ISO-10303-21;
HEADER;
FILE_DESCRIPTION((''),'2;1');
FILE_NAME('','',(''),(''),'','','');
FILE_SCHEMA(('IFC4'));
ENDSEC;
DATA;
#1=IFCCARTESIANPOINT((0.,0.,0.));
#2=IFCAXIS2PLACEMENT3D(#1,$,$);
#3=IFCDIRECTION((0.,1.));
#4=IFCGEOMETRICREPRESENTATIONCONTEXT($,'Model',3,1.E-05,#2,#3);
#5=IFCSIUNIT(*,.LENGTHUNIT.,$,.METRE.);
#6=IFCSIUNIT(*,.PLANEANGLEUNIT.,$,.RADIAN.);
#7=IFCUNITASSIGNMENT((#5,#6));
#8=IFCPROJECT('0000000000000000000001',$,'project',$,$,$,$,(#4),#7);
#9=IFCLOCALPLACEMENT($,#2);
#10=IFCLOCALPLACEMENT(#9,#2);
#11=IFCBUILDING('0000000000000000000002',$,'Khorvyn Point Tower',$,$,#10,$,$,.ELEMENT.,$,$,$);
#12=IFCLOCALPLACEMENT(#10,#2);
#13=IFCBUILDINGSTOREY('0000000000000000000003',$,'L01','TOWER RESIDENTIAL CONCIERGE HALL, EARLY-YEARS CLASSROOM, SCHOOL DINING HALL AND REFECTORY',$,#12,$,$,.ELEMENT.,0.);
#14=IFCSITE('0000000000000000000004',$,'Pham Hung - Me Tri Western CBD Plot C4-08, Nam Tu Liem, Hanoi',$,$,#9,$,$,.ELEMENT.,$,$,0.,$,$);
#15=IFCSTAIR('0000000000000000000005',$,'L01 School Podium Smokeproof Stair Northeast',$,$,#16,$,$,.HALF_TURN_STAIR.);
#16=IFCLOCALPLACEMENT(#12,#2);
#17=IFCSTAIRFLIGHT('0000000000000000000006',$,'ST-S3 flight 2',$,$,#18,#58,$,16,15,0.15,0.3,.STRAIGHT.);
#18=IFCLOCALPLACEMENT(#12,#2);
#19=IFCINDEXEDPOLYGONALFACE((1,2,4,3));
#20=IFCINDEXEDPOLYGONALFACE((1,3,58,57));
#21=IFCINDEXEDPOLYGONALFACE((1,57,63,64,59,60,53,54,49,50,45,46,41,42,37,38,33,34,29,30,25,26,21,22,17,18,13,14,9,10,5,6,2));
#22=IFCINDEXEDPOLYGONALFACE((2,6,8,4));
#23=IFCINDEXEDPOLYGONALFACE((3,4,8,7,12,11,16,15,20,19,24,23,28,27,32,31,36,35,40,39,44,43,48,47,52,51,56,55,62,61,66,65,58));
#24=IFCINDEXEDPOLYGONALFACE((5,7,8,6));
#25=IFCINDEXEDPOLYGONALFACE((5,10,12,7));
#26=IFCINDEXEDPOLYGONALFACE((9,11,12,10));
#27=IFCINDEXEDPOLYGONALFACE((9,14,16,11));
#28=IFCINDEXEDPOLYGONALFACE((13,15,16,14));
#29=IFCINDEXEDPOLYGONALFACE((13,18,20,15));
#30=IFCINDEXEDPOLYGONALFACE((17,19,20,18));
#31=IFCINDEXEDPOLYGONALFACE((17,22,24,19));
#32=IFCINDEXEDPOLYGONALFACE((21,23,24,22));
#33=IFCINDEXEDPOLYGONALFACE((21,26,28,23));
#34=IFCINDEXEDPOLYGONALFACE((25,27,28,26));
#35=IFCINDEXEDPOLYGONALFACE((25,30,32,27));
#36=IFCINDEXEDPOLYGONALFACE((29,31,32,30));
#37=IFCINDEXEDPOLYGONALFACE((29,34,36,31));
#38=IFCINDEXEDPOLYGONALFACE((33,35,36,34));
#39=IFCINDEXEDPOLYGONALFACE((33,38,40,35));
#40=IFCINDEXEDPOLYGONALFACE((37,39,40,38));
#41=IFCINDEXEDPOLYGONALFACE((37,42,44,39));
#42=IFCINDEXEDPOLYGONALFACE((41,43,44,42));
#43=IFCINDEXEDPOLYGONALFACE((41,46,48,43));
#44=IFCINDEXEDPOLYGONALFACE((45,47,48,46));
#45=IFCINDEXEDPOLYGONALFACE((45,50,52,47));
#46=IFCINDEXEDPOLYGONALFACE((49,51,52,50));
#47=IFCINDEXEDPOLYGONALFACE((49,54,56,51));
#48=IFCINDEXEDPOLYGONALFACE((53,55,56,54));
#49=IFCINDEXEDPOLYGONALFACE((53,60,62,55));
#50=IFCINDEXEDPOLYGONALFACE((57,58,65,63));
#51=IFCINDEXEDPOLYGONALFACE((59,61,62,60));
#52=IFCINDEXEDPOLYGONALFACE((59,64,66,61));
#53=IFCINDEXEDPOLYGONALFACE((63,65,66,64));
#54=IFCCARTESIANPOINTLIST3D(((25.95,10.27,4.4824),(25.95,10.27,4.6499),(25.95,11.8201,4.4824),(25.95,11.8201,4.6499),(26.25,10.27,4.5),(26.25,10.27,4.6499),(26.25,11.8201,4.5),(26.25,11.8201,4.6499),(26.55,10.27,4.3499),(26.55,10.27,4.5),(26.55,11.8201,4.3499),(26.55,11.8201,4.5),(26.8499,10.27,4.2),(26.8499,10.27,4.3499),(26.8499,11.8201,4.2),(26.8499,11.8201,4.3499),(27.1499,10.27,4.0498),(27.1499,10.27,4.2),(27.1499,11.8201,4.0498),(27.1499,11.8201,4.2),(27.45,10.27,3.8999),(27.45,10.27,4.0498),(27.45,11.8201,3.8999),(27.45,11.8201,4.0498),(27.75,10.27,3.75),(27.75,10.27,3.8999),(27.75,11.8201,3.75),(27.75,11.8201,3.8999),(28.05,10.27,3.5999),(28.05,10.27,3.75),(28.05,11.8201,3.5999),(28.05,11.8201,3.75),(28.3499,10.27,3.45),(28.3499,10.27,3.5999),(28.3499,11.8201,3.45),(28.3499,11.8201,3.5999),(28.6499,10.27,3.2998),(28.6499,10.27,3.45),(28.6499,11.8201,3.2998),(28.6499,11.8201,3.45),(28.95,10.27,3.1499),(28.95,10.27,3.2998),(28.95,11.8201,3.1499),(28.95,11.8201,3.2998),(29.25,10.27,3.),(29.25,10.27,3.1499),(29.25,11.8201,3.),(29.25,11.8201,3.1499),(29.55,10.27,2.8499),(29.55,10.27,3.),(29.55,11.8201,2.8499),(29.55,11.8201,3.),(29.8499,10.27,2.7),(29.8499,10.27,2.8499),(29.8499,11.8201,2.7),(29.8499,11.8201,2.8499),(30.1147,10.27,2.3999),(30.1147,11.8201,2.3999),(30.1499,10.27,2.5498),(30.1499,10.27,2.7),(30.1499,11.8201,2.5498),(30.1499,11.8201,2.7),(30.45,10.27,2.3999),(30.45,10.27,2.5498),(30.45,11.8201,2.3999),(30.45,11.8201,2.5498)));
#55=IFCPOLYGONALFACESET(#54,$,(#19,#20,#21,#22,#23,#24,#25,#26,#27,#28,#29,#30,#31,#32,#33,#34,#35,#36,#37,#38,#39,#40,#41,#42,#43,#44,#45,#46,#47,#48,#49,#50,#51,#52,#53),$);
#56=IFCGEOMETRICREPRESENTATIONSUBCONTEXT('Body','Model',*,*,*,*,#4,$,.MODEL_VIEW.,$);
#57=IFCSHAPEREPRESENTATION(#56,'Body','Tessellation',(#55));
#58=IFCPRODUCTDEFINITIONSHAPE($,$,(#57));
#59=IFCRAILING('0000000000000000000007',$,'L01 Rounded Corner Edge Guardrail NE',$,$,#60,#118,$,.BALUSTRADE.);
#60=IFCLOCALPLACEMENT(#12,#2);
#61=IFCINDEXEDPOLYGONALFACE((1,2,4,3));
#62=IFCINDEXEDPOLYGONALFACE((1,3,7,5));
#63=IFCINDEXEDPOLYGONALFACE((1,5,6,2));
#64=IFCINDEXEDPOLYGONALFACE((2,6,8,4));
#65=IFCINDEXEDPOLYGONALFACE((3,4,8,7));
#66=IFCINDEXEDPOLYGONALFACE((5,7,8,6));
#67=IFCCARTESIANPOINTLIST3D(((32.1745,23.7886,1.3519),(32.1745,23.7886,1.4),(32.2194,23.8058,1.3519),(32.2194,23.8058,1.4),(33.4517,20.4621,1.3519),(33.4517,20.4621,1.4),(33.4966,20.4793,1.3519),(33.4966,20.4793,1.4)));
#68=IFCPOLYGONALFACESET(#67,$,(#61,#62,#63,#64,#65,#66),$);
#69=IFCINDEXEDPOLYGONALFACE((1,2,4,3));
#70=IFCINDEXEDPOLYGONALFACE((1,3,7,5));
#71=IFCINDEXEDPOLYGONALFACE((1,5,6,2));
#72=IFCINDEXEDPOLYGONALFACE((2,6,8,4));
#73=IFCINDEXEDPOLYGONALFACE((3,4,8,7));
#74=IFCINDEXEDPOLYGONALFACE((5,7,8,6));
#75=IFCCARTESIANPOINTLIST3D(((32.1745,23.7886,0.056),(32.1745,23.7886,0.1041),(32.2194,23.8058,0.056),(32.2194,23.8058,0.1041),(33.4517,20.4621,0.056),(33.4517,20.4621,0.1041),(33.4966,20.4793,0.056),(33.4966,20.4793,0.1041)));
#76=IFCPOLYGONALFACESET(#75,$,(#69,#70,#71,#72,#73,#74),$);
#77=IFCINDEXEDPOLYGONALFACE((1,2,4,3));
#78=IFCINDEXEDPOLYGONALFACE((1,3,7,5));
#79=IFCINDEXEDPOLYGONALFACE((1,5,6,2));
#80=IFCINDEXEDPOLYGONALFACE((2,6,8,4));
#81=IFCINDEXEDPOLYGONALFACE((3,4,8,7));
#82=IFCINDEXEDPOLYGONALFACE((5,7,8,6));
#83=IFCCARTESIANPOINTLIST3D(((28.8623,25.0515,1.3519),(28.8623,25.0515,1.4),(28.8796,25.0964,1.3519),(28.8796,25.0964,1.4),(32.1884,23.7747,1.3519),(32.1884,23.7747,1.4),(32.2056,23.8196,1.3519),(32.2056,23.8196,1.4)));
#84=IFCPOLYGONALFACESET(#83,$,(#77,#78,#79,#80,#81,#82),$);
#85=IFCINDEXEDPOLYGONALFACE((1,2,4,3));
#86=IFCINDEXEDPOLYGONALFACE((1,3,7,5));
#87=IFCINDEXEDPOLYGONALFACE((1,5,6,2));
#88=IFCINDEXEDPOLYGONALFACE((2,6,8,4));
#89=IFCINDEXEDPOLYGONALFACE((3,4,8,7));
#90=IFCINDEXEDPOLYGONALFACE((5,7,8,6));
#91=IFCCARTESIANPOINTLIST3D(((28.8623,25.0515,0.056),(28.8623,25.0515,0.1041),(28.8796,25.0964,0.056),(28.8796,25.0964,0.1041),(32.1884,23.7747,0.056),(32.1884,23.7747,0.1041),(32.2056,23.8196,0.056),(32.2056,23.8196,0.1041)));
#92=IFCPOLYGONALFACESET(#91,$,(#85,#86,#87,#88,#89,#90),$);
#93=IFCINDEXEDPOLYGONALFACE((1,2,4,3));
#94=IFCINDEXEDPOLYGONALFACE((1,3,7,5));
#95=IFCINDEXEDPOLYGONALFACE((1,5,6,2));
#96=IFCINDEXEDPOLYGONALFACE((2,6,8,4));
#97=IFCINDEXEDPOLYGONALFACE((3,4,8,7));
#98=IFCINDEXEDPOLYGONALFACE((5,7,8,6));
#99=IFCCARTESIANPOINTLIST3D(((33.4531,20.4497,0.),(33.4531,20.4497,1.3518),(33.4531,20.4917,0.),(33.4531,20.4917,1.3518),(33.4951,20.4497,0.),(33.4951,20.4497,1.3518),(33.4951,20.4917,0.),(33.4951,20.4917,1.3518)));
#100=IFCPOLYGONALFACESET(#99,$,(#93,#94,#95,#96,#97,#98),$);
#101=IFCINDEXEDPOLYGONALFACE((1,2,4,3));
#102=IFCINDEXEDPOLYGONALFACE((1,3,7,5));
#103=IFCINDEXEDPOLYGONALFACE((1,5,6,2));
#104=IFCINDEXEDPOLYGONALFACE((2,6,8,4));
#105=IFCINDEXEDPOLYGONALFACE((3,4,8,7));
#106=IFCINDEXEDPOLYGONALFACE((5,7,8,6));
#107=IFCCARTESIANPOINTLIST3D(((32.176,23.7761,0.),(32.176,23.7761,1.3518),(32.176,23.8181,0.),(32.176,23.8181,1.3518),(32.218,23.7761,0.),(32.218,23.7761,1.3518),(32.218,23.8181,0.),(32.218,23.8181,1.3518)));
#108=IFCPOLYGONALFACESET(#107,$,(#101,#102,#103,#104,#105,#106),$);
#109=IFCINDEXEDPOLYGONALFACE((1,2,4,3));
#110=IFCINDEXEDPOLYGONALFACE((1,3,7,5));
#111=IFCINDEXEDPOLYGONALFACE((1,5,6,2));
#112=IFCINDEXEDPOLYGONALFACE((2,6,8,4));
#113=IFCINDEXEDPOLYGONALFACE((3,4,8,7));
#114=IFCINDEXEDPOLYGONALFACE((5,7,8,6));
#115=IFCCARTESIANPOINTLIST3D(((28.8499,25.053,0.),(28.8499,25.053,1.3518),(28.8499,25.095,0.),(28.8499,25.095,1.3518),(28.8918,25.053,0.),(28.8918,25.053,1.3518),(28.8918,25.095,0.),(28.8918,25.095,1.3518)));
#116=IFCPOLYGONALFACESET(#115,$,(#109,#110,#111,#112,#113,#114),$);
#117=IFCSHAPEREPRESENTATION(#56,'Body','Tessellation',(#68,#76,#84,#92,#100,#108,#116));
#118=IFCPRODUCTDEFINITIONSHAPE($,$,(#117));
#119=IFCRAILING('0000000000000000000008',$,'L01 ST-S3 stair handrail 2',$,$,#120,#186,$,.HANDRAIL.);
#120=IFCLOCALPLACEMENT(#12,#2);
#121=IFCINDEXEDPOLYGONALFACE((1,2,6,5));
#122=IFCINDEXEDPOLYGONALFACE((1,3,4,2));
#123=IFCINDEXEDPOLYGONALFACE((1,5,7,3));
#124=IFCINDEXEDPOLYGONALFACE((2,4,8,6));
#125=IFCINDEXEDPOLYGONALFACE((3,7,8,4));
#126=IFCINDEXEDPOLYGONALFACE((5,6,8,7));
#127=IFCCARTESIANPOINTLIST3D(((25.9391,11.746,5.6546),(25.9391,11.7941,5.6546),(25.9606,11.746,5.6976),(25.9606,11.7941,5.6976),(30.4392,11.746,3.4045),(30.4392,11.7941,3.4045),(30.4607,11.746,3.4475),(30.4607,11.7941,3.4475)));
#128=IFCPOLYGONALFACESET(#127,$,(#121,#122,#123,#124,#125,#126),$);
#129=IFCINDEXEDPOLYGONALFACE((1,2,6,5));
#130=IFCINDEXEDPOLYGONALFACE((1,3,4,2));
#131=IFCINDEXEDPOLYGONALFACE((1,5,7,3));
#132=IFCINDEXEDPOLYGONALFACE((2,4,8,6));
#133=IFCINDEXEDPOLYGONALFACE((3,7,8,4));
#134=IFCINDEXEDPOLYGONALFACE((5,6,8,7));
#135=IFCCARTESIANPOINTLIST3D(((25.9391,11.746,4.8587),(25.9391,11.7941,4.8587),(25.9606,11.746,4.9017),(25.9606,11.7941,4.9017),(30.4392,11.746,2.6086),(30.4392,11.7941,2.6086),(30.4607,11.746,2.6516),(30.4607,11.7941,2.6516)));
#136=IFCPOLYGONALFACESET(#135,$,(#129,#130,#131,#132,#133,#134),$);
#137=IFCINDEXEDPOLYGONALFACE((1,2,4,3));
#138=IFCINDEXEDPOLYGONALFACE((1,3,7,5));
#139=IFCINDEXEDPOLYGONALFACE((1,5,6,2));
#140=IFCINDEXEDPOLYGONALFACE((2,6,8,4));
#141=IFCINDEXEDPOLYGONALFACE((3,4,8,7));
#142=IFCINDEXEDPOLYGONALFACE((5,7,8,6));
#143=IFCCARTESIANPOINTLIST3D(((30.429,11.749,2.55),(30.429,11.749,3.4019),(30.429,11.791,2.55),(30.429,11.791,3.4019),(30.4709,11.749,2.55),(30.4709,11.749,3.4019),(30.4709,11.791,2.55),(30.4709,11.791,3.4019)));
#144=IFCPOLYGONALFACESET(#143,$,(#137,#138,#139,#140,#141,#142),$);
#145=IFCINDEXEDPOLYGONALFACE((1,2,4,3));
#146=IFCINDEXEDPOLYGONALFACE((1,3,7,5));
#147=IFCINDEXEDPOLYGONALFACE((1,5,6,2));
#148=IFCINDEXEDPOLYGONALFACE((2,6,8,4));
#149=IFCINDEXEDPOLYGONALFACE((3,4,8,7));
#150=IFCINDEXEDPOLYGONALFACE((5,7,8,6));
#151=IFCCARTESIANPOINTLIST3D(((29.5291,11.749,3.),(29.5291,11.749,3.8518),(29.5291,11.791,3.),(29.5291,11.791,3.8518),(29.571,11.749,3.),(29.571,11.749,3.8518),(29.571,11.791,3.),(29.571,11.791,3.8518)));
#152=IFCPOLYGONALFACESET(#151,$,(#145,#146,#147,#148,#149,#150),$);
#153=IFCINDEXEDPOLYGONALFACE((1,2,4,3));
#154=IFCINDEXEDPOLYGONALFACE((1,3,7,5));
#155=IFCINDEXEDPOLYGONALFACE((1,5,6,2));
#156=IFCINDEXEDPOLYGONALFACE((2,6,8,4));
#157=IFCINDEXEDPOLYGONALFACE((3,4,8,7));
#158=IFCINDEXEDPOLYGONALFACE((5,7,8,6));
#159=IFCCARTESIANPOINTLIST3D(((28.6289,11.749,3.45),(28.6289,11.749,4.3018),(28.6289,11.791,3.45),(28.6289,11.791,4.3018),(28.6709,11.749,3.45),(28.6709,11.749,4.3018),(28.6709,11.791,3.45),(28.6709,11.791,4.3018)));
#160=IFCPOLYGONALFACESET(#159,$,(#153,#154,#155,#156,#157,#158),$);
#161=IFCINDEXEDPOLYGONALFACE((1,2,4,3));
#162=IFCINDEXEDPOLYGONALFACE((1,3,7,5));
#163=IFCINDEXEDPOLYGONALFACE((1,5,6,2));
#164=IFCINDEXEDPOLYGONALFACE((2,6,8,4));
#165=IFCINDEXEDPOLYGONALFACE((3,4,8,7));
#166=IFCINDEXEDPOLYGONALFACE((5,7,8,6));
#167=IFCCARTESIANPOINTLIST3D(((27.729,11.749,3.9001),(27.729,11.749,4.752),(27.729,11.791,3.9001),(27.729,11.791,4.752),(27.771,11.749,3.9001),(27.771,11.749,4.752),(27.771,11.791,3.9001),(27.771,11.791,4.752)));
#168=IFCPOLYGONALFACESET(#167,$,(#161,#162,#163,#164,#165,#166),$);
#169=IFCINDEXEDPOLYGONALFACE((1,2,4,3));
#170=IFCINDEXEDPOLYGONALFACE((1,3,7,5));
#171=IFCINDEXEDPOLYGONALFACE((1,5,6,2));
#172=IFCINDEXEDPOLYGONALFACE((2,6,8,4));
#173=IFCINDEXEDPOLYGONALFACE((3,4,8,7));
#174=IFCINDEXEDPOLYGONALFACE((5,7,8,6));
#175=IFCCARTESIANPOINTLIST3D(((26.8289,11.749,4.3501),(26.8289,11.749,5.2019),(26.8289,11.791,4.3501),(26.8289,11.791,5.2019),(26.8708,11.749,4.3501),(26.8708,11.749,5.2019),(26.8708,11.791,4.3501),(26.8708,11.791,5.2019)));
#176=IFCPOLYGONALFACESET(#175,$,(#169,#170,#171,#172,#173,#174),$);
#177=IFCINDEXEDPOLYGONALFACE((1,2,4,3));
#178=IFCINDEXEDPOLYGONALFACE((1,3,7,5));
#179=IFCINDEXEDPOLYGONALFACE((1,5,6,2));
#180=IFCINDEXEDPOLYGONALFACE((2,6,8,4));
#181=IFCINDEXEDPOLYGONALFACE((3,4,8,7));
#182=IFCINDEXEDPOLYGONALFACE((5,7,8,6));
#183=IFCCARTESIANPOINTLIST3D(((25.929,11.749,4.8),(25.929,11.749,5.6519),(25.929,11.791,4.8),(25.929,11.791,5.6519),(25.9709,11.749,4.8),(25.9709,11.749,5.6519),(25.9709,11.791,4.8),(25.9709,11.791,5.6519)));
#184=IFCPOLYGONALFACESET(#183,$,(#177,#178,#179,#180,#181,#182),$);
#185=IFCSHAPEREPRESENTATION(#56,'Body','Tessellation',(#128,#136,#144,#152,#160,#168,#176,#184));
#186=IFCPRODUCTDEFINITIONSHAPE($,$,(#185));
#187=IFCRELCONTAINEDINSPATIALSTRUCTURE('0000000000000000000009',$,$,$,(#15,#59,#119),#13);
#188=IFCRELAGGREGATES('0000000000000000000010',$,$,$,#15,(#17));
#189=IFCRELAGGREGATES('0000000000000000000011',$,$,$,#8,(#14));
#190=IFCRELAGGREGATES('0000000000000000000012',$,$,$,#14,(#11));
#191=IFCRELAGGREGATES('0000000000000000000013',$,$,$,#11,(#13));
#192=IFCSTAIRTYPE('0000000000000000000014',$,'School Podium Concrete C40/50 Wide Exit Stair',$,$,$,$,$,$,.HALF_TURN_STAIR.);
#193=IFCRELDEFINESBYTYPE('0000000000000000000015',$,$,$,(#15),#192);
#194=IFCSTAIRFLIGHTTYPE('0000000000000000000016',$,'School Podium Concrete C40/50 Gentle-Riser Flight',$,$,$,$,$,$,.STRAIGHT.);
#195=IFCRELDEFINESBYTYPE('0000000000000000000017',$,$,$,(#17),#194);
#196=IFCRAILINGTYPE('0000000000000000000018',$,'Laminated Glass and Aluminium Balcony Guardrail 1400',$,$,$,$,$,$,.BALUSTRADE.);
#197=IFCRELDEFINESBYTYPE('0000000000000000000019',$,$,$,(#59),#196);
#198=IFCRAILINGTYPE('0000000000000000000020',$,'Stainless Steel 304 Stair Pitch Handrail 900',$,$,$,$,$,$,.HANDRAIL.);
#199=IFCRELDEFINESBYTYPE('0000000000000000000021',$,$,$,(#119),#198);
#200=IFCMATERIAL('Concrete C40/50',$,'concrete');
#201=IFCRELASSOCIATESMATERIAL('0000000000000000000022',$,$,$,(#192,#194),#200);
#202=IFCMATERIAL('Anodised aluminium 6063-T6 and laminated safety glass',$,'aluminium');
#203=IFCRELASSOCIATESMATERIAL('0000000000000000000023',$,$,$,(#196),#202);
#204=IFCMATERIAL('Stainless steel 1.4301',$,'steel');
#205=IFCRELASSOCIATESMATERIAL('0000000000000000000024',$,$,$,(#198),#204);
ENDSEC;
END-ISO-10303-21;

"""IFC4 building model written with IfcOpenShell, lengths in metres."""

from ifc_helpers import new_model, si_unit, direction, frame, origin, origin_2d, place, context, subcontext, project, spatial, polyline, rectangle, outline, extrude, material, type_object, element, aggregate, save


model = new_model("IFC4")

# Units and contexts
model_context = context("Model", 3, precision=1e-05, world=origin(), true_north=direction((0.0, 1.0)))
body_context = subcontext(model_context, "Body", "Model", "MODEL_VIEW")
ifc_project = project(units=[si_unit("LENGTHUNIT", "METRE"), si_unit("PLANEANGLEUNIT", "RADIAN")], contexts=[model_context])

# Site, building, storey
site_placement = place(None, origin())
site = spatial("IfcSite", under=ifc_project, at=site_placement, Name="Pham Hung - Me Tri Western CBD Plot C4-08, Nam Tu Liem, Hanoi", CompositionType="ELEMENT", RefElevation=0.0)
building_placement = place(site_placement, origin())
building = spatial("IfcBuilding", under=site, at=building_placement, Name="Khorvyn Point Tower", CompositionType="ELEMENT")
storey_placement = place(building_placement, origin())
storey = spatial("IfcBuildingStorey", under=building, at=storey_placement, Name="L01", Description="TOWER RESIDENTIAL CONCIERGE HALL, EARLY-YEARS CLASSROOM, SCHOOL DINING HALL AND REFECTORY", CompositionType="ELEMENT", Elevation=0.0)

# Shared definitions
ifc_material_1 = material(Name="Concrete C40/50", Category="concrete")

# Stair, stair flight
stair_type = type_object("IfcStairType", Name="School Podium Concrete C40/50 Wide Exit Stair", PredefinedType="HALF_TURN_STAIR", material=ifc_material_1)
stair_placement = place(storey_placement, origin())
stair = element("IfcStair", 1, at=stair_placement, inside=storey, type_object=stair_type, Name="L01 School Podium Smokeproof Stair Northeast", PredefinedType="HALF_TURN_STAIR")
stair_flight_type = type_object("IfcStairFlightType", Name="School Podium Concrete C40/50 Gentle-Riser Flight", PredefinedType="STRAIGHT", material=ifc_material_1)
stair_flight_placement = place(storey_placement, frame((30.45, 11.0449, 2.3999), z_axis=(0.0, 0.0, 1.0), x_axis=(-1.0, 0.0, 0.0)))
stair_flight = element("IfcStairFlight", 2, at=stair_flight_placement, type_object=stair_flight_type, Name="ST-S3 flight 2", NumberOfRisers=16, NumberOfTreads=15, PredefinedType="STRAIGHT", RiserHeight=0.15, TreadLength=0.3, context=body_context, shape_type="SweptSolid", body=[
    extrude(outline(polyline([(0.0, 0.0), (0.0, 0.1499), (0.3, 0.1499), (0.3, 0.3), (0.6001, 0.3), (0.6001, 0.45), (0.8999, 0.45), (0.8999, 0.6001), (1.2, 0.6001), (1.2, 0.75), (1.5, 0.75), (1.5, 0.8999), (1.8, 0.8999), (1.8, 1.05), (2.1001, 1.05), (2.1001, 1.2), (2.3999, 1.2), (2.3999, 1.3501), (2.7, 1.3501), (2.7, 1.5), (3.0, 1.5), (3.0, 1.6499), (3.3, 1.6499), (3.3, 1.8), (3.6001, 1.8), (3.6001, 1.95), (3.8999, 1.95), (3.8999, 2.1001), (4.2, 2.1001), (4.2, 2.25), (4.5, 2.25), (4.5, 2.3999), (4.5, 2.0825), (0.3352, 0.0), (0.0, 0.0)])), frame((0.0, 0.7749, 0.0), z_axis=(0.0, -1.0, 0.0), x_axis=(1.0, 0.0, 0.0)), (0.0, 0.0, 1.0), 1.55),
])
aggregate(stair, [stair_flight])

# Railings
ifc_material_2 = material(Name="Anodised aluminium 6063-T6 and laminated safety glass", Category="aluminium")
railing_type_1 = type_object("IfcRailingType", Name="Laminated Glass and Aluminium Balcony Guardrail 1400", PredefinedType="BALUSTRADE", material=ifc_material_2)
railing_1_placement = place(storey_placement, frame((33.4741, 20.4707, 0.0)))
element("IfcRailing", 3, at=railing_1_placement, inside=storey, type_object=railing_type_1, Name="L01 Rounded Corner Edge Guardrail NE", PredefinedType="BALUSTRADE", context=body_context, shape_type="SweptSolid", body=[
    extrude(rectangle(XDim=0.0481, YDim=0.0481, at=origin_2d()), frame((0.0, 0.0, 1.376), z_axis=(-0.358419, 0.933561, 0.0), x_axis=(-0.933561, -0.358419, 0.0)), (0.0, 0.0, 1.0), 3.5632),
    extrude(rectangle(XDim=0.0481, YDim=0.0481, at=origin_2d()), frame((0.0, 0.0, 0.0801), z_axis=(-0.358419, 0.933561, 0.0), x_axis=(-0.933561, -0.358419, 0.0)), (0.0, 0.0, 1.0), 3.5632),
    extrude(rectangle(XDim=0.0481, YDim=0.0481, at=origin_2d()), frame((-1.2771, 3.3264, 1.376), z_axis=(-0.933575, 0.358382, 0.0), x_axis=(-0.358382, -0.933575, 0.0)), (0.0, 0.0, 1.0), 3.5627),
    extrude(rectangle(XDim=0.0481, YDim=0.0481, at=origin_2d()), frame((-1.2771, 3.3264, 0.0801), z_axis=(-0.933575, 0.358382, 0.0), x_axis=(-0.358382, -0.933575, 0.0)), (0.0, 0.0, 1.0), 3.5627),
    extrude(rectangle(XDim=0.042, YDim=0.042, at=origin_2d()), origin(), (0.0, 0.0, 1.0), 1.3518),
    extrude(rectangle(XDim=0.042, YDim=0.042, at=origin_2d()), frame((-1.2771, 3.3264, 0.0)), (0.0, 0.0, 1.0), 1.3518),
    extrude(rectangle(XDim=0.042, YDim=0.042, at=origin_2d()), frame((-4.6033, 4.6033, 0.0)), (0.0, 0.0, 1.0), 1.3518),
])
ifc_material_3 = material(Name="Stainless steel 1.4301", Category="steel")
railing_type_2 = type_object("IfcRailingType", Name="Stainless Steel 304 Stair Pitch Handrail 900", PredefinedType="HANDRAIL", material=ifc_material_3)
railing_2_placement = place(storey_placement, frame((30.45, 11.77, 2.55)))
element("IfcRailing", 4, at=railing_2_placement, inside=storey, type_object=railing_type_2, Name="L01 ST-S3 stair handrail 2", PredefinedType="HANDRAIL", context=body_context, shape_type="SweptSolid", body=[
    extrude(rectangle(XDim=0.0481, YDim=0.0481, at=origin_2d()), frame((0.0, 0.0, 0.876), z_axis=(-0.894427, 0.0, 0.447214), x_axis=(0.0, -1.0, 0.0)), (0.0, 0.0, 1.0), 5.0312),
    extrude(rectangle(XDim=0.0481, YDim=0.0481, at=origin_2d()), frame((0.0, 0.0, 0.0801), z_axis=(-0.894427, 0.0, 0.447214), x_axis=(0.0, -1.0, 0.0)), (0.0, 0.0, 1.0), 5.0312),
    extrude(rectangle(XDim=0.042, YDim=0.042, at=origin_2d()), origin(), (0.0, 0.0, 1.0), 0.8518),
    extrude(rectangle(XDim=0.042, YDim=0.042, at=origin_2d()), frame((-0.8999, 0.0, 0.45)), (0.0, 0.0, 1.0), 0.8518),
    extrude(rectangle(XDim=0.042, YDim=0.042, at=origin_2d()), frame((-1.8, 0.0, 0.8999)), (0.0, 0.0, 1.0), 0.8518),
    extrude(rectangle(XDim=0.042, YDim=0.042, at=origin_2d()), frame((-2.7, 0.0, 1.3501)), (0.0, 0.0, 1.0), 0.8518),
    extrude(rectangle(XDim=0.042, YDim=0.042, at=origin_2d()), frame((-3.6001, 0.0, 1.8)), (0.0, 0.0, 1.0), 0.8518),
    extrude(rectangle(XDim=0.042, YDim=0.042, at=origin_2d()), frame((-4.5, 0.0, 2.25)), (0.0, 0.0, 1.0), 0.8518),
])

save(model, "model.ifc")
